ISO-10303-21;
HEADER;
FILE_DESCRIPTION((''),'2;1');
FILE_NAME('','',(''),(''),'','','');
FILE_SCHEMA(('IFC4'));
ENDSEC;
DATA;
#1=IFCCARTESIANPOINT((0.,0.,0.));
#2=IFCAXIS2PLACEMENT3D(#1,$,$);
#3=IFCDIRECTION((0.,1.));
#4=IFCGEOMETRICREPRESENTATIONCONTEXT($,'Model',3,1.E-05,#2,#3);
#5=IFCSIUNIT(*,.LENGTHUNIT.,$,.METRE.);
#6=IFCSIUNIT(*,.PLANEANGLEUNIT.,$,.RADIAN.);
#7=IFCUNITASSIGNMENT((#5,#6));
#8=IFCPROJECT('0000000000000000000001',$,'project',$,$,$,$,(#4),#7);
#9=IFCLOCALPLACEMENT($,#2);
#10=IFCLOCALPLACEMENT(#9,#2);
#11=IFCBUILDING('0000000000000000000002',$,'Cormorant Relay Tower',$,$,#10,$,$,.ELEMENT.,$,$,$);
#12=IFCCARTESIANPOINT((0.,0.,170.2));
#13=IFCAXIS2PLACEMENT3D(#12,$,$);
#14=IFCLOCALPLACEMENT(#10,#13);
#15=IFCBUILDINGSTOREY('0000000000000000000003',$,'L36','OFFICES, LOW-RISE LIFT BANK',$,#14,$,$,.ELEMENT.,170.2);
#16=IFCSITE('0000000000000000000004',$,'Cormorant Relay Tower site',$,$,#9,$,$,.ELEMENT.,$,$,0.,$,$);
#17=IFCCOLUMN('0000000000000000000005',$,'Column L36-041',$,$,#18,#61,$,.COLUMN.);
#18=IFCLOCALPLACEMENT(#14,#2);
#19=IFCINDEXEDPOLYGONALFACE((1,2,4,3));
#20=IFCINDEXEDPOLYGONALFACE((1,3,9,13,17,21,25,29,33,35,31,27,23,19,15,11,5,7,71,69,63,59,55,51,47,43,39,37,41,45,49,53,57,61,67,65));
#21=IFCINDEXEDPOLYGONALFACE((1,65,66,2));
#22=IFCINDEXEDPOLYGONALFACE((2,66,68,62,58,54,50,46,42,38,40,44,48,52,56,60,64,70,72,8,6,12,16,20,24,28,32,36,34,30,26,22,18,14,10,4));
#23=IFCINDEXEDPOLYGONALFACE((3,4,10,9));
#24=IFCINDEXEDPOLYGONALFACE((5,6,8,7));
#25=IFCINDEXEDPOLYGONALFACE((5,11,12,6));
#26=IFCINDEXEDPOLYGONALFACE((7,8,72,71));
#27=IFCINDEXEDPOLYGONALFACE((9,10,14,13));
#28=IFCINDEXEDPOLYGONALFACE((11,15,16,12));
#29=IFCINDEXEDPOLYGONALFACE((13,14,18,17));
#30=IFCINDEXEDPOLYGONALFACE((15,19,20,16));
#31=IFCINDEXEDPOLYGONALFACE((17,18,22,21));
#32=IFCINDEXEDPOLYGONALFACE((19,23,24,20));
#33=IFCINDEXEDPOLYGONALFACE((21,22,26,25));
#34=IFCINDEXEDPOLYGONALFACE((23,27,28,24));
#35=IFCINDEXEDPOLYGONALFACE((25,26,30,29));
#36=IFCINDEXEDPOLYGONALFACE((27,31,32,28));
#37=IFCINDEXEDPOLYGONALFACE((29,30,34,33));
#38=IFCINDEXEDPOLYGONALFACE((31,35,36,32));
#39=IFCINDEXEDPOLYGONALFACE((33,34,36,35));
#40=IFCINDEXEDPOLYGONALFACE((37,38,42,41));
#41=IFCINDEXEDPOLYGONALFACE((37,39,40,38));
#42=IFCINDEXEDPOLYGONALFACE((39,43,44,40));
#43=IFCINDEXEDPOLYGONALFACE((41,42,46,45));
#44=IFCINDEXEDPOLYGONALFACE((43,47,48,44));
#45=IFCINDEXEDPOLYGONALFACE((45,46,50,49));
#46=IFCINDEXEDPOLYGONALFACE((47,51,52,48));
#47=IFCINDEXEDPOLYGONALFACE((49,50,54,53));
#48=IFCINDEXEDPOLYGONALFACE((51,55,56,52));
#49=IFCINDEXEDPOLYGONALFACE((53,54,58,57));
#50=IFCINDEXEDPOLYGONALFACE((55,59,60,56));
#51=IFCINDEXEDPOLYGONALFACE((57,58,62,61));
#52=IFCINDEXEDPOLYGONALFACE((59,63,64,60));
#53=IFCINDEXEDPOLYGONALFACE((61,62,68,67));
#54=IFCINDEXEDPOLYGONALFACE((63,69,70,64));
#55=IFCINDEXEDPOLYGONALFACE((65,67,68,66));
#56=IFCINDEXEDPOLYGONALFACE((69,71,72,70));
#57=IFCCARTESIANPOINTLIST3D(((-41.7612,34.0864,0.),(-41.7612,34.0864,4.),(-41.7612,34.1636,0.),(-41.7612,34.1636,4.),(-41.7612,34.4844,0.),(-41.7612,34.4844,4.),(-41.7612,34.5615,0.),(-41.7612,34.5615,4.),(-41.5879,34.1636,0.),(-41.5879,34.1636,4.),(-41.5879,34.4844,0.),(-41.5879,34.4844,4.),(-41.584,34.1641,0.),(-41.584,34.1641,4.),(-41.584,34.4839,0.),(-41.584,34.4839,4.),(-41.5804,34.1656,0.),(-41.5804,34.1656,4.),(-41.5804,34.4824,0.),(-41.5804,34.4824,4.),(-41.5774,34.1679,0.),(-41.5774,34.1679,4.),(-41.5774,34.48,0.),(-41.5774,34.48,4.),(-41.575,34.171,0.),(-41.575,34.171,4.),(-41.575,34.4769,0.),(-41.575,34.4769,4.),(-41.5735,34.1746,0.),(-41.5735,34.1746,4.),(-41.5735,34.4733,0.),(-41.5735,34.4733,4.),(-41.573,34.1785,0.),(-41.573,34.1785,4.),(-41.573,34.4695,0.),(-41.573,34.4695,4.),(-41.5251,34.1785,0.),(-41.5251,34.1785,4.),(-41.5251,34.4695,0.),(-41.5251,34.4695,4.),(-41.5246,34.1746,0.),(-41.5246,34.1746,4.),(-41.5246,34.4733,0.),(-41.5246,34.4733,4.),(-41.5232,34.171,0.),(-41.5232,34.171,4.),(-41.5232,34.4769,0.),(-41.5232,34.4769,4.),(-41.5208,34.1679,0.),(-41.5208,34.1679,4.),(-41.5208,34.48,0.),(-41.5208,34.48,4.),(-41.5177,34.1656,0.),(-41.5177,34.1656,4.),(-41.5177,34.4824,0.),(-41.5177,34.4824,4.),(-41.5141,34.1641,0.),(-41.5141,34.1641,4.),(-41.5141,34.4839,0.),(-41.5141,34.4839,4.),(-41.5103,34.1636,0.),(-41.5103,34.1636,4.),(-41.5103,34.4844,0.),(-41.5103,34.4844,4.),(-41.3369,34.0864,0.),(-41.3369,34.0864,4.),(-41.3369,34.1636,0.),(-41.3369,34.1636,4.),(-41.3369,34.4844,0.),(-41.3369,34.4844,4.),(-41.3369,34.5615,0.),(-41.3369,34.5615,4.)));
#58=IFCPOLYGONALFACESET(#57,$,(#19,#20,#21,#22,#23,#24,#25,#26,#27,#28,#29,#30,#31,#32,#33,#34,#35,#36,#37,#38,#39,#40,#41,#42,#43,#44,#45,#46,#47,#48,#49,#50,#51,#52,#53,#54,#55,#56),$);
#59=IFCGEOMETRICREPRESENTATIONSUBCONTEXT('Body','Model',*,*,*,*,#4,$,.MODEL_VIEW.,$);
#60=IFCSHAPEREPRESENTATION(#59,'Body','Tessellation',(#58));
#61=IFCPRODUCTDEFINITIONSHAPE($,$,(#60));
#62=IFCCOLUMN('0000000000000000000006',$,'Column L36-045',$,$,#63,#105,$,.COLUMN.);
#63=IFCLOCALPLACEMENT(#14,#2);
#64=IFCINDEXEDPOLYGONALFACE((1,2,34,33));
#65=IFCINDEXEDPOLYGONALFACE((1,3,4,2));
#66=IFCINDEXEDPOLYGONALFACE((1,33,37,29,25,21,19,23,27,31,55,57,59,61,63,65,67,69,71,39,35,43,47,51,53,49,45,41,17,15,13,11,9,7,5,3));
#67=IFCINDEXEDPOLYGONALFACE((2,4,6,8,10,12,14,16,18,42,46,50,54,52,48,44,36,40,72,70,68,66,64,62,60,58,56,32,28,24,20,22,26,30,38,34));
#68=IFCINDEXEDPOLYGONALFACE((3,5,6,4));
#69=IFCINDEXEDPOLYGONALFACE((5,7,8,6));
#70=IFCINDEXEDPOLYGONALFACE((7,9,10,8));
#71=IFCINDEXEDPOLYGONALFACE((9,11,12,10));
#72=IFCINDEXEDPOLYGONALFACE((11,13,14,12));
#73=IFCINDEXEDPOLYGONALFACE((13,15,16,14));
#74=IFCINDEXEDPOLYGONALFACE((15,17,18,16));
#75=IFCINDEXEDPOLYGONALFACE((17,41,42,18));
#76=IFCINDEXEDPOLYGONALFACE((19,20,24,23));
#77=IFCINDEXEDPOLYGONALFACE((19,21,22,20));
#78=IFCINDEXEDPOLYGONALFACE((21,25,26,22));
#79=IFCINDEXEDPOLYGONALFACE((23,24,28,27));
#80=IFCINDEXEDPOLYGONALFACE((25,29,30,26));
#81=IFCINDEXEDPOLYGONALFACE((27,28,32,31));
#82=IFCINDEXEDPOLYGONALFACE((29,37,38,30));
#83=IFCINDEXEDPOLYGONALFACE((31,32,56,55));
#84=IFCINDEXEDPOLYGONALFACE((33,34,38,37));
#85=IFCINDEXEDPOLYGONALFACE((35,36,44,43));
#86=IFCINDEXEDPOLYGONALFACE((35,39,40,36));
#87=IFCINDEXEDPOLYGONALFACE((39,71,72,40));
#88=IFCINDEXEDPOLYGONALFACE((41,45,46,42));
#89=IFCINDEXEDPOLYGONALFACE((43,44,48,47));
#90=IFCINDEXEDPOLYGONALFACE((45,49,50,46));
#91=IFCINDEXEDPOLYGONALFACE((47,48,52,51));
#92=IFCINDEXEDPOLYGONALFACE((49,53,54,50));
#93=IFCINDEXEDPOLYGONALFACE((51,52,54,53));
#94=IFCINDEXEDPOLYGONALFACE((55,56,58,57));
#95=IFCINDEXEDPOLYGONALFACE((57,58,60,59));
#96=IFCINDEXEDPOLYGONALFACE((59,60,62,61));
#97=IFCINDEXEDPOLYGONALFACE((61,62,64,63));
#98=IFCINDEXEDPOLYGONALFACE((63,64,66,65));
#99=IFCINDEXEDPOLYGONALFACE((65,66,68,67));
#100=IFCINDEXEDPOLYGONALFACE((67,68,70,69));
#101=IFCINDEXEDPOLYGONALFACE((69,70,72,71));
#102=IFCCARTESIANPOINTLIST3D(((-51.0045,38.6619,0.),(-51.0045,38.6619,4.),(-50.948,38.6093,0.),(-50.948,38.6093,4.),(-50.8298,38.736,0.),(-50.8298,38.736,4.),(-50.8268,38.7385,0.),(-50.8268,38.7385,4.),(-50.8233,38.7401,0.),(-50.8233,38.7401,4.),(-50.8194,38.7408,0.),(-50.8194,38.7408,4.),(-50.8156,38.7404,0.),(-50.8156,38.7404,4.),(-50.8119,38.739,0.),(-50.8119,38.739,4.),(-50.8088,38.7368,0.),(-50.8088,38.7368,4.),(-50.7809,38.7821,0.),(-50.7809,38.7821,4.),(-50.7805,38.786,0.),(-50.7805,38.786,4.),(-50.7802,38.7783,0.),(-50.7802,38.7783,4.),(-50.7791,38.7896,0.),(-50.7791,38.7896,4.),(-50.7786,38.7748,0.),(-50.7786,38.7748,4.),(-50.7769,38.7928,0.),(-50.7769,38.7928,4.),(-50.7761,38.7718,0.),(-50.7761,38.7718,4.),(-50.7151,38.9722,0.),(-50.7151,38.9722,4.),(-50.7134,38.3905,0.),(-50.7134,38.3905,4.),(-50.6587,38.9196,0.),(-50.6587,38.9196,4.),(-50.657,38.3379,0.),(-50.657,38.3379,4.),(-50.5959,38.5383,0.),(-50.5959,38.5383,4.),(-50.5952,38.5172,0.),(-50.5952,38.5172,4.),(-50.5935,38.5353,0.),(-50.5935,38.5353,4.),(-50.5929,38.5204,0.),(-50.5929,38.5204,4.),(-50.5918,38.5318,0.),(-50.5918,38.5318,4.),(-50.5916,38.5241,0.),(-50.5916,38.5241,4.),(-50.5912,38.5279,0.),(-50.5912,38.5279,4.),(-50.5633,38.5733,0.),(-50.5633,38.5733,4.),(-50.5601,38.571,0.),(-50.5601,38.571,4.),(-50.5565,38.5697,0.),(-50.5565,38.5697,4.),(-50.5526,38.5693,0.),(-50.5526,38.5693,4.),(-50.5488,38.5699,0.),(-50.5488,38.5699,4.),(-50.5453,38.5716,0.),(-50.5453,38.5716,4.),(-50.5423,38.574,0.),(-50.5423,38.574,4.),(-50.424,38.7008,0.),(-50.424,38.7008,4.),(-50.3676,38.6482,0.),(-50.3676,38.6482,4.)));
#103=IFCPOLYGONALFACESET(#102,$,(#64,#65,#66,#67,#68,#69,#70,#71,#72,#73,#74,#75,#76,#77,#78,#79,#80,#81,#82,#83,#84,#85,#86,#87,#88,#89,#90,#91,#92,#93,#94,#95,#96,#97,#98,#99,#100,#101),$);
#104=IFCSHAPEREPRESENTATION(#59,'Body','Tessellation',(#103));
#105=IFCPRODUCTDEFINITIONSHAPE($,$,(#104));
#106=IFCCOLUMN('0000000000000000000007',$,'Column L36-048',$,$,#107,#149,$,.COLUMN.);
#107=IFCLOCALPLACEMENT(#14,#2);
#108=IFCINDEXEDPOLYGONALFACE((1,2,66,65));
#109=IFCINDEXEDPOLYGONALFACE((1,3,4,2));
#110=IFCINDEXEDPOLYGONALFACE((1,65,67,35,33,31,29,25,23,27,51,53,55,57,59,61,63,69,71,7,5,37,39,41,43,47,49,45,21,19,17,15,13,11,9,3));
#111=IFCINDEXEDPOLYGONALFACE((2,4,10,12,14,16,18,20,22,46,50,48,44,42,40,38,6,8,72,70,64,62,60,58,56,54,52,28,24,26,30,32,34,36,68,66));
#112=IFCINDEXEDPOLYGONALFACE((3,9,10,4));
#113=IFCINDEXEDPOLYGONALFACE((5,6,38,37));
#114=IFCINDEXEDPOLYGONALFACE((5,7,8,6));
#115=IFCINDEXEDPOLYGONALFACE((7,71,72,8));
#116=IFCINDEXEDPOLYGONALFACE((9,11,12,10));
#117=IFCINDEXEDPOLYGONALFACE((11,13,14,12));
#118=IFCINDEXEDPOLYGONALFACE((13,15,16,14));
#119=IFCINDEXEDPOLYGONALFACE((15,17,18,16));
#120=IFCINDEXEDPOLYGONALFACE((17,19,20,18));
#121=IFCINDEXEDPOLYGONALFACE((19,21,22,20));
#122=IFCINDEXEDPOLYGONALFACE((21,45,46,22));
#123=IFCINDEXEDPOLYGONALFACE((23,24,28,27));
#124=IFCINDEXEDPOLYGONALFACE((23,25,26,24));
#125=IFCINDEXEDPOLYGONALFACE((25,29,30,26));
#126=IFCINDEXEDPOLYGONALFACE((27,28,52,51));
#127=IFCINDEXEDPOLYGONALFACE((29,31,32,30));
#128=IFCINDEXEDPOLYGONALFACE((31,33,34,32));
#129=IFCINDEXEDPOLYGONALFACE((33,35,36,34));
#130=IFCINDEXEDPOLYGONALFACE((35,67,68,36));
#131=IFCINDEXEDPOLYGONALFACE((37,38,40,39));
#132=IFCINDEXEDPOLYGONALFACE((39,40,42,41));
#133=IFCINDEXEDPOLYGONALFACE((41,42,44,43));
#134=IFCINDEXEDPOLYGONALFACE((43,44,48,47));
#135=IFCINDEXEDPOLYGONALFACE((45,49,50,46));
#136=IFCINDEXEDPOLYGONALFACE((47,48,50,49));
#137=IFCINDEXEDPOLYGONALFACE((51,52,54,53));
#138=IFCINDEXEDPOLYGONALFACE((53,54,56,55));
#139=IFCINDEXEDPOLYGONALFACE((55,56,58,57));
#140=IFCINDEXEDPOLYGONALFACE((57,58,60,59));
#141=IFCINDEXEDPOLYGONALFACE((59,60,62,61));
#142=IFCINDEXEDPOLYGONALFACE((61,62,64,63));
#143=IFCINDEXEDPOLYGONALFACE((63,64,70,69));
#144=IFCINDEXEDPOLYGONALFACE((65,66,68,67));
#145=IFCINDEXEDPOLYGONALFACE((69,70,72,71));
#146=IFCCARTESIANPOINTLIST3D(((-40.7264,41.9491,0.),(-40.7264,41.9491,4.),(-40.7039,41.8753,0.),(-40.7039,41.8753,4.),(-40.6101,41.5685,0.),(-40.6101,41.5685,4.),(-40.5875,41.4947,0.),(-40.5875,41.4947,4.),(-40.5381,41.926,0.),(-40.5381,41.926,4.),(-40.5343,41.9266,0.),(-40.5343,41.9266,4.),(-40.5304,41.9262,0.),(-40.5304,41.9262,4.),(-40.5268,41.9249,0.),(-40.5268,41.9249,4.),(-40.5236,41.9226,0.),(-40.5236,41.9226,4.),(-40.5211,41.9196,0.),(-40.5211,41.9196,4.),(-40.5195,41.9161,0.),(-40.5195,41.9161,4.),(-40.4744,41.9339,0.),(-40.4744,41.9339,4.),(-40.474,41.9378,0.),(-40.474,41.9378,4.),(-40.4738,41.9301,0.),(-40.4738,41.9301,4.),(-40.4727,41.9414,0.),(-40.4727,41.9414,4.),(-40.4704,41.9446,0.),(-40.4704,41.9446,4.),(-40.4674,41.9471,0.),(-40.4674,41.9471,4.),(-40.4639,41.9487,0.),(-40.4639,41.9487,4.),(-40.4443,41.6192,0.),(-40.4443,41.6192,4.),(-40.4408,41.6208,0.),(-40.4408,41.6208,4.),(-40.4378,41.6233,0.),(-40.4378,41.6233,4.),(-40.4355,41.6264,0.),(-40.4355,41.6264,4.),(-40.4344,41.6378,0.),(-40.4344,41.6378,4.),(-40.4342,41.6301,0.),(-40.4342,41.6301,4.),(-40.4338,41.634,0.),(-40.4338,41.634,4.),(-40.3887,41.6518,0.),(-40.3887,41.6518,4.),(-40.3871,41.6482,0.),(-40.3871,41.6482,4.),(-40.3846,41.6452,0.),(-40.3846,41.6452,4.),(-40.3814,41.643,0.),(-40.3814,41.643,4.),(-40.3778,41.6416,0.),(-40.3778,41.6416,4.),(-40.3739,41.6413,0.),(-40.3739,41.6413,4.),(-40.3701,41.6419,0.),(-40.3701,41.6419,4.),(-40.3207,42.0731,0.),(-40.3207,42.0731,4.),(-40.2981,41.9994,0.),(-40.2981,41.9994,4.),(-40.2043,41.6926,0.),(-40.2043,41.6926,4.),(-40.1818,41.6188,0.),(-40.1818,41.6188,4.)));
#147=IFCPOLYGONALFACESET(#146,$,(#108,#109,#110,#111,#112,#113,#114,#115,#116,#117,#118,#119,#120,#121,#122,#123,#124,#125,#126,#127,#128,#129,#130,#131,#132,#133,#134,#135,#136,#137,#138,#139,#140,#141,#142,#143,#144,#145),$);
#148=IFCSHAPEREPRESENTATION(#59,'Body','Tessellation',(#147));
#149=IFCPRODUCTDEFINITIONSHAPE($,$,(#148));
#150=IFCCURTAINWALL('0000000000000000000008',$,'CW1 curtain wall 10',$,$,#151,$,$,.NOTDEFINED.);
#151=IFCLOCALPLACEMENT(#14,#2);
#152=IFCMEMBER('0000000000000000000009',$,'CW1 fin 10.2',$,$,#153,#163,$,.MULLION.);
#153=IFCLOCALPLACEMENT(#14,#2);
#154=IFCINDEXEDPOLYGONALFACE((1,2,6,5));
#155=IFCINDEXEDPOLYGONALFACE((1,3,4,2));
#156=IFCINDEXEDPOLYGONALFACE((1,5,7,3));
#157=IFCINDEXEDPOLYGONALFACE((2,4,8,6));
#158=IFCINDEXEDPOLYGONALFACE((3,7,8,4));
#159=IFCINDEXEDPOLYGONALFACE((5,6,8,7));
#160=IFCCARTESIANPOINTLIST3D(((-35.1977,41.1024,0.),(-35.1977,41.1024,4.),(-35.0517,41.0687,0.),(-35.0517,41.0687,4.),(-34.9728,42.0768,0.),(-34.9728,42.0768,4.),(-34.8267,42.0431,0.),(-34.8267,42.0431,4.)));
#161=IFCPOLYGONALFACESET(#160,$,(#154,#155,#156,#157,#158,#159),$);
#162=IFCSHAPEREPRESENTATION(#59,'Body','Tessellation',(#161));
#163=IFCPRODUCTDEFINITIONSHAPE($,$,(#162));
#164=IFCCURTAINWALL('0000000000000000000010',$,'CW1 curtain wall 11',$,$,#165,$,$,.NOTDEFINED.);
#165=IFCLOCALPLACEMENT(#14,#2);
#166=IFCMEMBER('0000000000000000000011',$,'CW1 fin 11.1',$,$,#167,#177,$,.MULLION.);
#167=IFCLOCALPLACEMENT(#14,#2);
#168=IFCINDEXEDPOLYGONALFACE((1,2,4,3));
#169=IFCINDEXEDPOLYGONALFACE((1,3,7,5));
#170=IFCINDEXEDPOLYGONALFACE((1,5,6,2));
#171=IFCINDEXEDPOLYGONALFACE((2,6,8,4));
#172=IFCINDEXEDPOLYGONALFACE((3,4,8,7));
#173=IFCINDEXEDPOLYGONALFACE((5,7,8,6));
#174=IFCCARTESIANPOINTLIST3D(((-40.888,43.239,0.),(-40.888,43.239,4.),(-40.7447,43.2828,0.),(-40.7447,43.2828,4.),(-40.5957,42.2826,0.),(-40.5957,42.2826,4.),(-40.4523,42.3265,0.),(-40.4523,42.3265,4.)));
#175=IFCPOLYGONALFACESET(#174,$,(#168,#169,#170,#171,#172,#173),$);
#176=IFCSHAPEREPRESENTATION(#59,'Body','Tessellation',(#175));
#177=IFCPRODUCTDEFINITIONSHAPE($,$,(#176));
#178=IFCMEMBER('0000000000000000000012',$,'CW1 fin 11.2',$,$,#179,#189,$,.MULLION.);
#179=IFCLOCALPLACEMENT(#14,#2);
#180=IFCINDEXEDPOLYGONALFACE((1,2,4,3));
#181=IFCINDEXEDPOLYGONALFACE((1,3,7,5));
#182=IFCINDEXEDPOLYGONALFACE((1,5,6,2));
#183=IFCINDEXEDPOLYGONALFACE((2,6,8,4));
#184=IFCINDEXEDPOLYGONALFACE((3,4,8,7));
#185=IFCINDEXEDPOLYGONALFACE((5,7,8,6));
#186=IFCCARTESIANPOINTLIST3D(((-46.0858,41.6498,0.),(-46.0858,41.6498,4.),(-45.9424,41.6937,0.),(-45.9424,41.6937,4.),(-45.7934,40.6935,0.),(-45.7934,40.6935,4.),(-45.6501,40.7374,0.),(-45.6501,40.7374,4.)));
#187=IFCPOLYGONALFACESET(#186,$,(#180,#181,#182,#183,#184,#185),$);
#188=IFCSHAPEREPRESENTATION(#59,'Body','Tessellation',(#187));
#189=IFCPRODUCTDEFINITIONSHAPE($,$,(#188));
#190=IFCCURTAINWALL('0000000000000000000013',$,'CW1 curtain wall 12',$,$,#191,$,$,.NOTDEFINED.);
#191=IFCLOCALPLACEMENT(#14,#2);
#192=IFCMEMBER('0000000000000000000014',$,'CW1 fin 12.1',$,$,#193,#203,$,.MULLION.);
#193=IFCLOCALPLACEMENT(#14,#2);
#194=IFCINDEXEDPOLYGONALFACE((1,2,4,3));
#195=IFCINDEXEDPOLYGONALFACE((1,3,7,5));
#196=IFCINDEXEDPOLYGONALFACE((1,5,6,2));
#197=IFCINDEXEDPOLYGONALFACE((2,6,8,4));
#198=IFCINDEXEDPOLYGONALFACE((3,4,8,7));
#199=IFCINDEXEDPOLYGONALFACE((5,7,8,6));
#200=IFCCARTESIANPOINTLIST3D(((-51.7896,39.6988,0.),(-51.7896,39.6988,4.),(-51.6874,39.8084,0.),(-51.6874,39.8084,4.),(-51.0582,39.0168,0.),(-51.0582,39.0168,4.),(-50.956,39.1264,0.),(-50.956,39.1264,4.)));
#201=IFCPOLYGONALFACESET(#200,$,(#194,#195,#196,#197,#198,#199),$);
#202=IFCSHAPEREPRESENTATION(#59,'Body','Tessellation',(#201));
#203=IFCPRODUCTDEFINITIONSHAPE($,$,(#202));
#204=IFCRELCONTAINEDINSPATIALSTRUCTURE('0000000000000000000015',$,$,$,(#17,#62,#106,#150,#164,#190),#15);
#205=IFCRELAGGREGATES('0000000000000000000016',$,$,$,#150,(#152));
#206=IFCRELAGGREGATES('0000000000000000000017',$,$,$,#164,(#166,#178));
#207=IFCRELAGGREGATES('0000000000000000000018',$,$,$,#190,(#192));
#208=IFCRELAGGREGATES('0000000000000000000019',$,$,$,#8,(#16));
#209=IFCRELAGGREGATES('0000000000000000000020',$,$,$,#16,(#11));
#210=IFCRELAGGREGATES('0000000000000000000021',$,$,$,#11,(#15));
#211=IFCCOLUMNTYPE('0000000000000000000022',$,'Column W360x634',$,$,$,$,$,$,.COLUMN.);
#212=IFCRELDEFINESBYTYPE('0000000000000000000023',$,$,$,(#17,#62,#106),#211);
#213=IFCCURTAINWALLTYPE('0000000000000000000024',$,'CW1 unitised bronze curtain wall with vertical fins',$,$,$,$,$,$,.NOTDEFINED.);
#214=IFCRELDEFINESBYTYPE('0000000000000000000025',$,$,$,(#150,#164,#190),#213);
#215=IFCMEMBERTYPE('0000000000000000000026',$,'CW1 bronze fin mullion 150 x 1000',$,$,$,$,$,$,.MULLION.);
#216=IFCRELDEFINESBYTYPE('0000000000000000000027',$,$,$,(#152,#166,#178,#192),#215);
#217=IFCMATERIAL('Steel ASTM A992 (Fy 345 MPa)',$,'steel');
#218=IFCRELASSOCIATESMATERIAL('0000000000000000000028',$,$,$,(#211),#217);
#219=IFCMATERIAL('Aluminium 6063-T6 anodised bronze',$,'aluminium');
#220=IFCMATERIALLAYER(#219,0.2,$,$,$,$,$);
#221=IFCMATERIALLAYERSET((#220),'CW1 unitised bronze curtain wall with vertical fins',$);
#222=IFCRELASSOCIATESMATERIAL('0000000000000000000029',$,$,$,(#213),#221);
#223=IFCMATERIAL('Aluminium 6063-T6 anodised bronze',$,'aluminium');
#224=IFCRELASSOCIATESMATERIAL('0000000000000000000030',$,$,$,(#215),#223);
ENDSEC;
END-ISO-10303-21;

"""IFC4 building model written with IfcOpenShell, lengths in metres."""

from ifc_helpers import new_model, si_unit, direction, frame, origin, origin_2d, place, context, subcontext, project, spatial, rectangle, i_section, extrude, material, layer, layer_set, material_profile, profile_set, type_object, element, aggregate, save


model = new_model("IFC4")

# Units and contexts
model_context = context("Model", 3, precision=1e-05, world=origin(), true_north=direction((0.0, 1.0)))
body_context = subcontext(model_context, "Body", "Model", "MODEL_VIEW")
ifc_project = project(units=[si_unit("LENGTHUNIT", "METRE"), si_unit("PLANEANGLEUNIT", "RADIAN")], contexts=[model_context])

# Site, building, storey
site_placement = place(None, origin())
site = spatial("IfcSite", under=ifc_project, at=site_placement, Name="Cormorant Relay Tower site", CompositionType="ELEMENT", RefElevation=0.0)
building_placement = place(site_placement, origin())
building = spatial("IfcBuilding", under=site, at=building_placement, Name="Cormorant Relay Tower", CompositionType="ELEMENT")
storey_placement = place(building_placement, frame((0.0, 0.0, 170.2)))
storey = spatial("IfcBuildingStorey", under=building, at=storey_placement, Name="L36", Description="OFFICES, LOW-RISE LIFT BANK", CompositionType="ELEMENT", Elevation=170.2)

# Columns
ifc_material_1 = material(Name="Steel ASTM A992 (Fy 345 MPa)", Category="steel")
ifc_material_profile_1 = material_profile(ifc_material_1, i_section(OverallWidth=0.4243, OverallDepth=0.4751, WebThickness=0.0479, FlangeThickness=0.0771, FilletRadius=0.0149, at=origin_2d()), Name="W360x634")
ifc_profile_set_1 = profile_set([ifc_material_profile_1], Name="Steel ASTM A992 (Fy 345 MPa)")
column_type = type_object("IfcColumnType", Name="Column W360x634", PredefinedType="COLUMN", material=ifc_profile_set_1)
for number, where, z_axis, x_axis, name in (
    (1, (-41.5491, 34.324, 0.0), (0.0, 0.0, 1.0), (1.0, 0.0, 0.0), "Column L36-041"),
    (2, (-50.686, 38.655, 0.0), (0.0, 0.0, 1.0), (-0.681998, -0.731354, 0.0), "Column L36-045"),
    (3, (-40.4541, 41.7839, 0.0), (0.0, 0.0, 1.0), (-0.956305, -0.292372, 0.0), "Column L36-048"),
):
    element("IfcColumn", number, at=place(storey_placement, frame(where, z_axis=z_axis, x_axis=x_axis)), inside=storey, type_object=column_type, Name=name, PredefinedType="COLUMN", context=body_context, shape_type="SweptSolid", body=[
        extrude(i_section(OverallWidth=0.4243, OverallDepth=0.4751, WebThickness=0.0479, FlangeThickness=0.0771, FilletRadius=0.0149, at=origin_2d()), origin(), (0.0, 0.0, 1.0), 4.0),
    ])

# Curtain wall, member
ifc_material_2 = material(Name="Aluminium 6063-T6 anodised bronze", Category="aluminium")
ifc_layer_1 = layer(ifc_material_2, 0.2)
ifc_layer_set_1 = layer_set([ifc_layer_1], Name="CW1 unitised bronze curtain wall with vertical fins")
curtain_wall_type = type_object("IfcCurtainWallType", Name="CW1 unitised bronze curtain wall with vertical fins", PredefinedType="NOTDEFINED", material=ifc_layer_set_1)
curtain_wall_1_placement = place(storey_placement, origin())
curtain_wall_1 = element("IfcCurtainWall", 4, at=curtain_wall_1_placement, inside=storey, type_object=curtain_wall_type, Name="CW1 curtain wall 10", PredefinedType="NOTDEFINED")
ifc_material_3 = material(Name="Aluminium 6063-T6 anodised bronze", Category="aluminium")
ifc_material_profile_2 = material_profile(ifc_material_3, rectangle(XDim=0.1499, YDim=1.0, at=origin_2d()), Name="AL 150x1000")
ifc_profile_set_2 = profile_set([ifc_material_profile_2], Name="Aluminium 6063-T6 anodised bronze")
member_type_1 = type_object("IfcMemberType", Name="CW1 bronze fin mullion 150 x 1000", PredefinedType="MULLION", material=ifc_profile_set_2)
member_1_placement = place(storey_placement, frame((-35.0122, 41.5728, 0.0), z_axis=(0.0, 0.0, 1.0), x_axis=(-0.97437, 0.224951, 0.0)))
member_1 = element("IfcMember", 5, at=member_1_placement, type_object=member_type_1, Name="CW1 fin 10.2", PredefinedType="MULLION", context=body_context, shape_type="SweptSolid", body=[
    extrude(rectangle(XDim=0.1499, YDim=1.0, at=origin_2d()), origin(), (0.0, 0.0, 1.0), 4.0),
])

# Curtain walls, members
curtain_wall_2_placement = place(storey_placement, origin())
curtain_wall_2 = element("IfcCurtainWall", 6, at=curtain_wall_2_placement, inside=storey, type_object=curtain_wall_type, Name="CW1 curtain wall 11", PredefinedType="NOTDEFINED")
member_2_placement = place(storey_placement, frame((-40.6702, 42.7827, 0.0), z_axis=(0.0, 0.0, 1.0), x_axis=(-0.956305, -0.292372, 0.0)))
member_2 = element("IfcMember", 7, at=member_2_placement, type_object=member_type_1, Name="CW1 fin 11.1", PredefinedType="MULLION", context=body_context, shape_type="SweptSolid", body=[
    extrude(rectangle(XDim=0.1499, YDim=1.0, at=origin_2d()), origin(), (0.0, 0.0, 1.0), 4.0),
])
member_3_placement = place(storey_placement, frame((-45.8679, 41.1936, 0.0), z_axis=(0.0, 0.0, 1.0), x_axis=(-0.956305, -0.292372, 0.0)))
member_3 = element("IfcMember", 8, at=member_3_placement, type_object=member_type_1, Name="CW1 fin 11.2", PredefinedType="MULLION", context=body_context, shape_type="SweptSolid", body=[
    extrude(rectangle(XDim=0.1499, YDim=1.0, at=origin_2d()), origin(), (0.0, 0.0, 1.0), 4.0),
])
curtain_wall_3_placement = place(storey_placement, origin())
curtain_wall_3 = element("IfcCurtainWall", 9, at=curtain_wall_3_placement, inside=storey, type_object=curtain_wall_type, Name="CW1 curtain wall 12", PredefinedType="NOTDEFINED")
member_4_placement = place(storey_placement, frame((-51.3728, 39.4126, 0.0), z_axis=(0.0, 0.0, 1.0), x_axis=(-0.681998, -0.731354, 0.0)))
member_4 = element("IfcMember", 10, at=member_4_placement, type_object=member_type_1, Name="CW1 fin 12.1", PredefinedType="MULLION", context=body_context, shape_type="SweptSolid", body=[
    extrude(rectangle(XDim=0.1499, YDim=1.0, at=origin_2d()), origin(), (0.0, 0.0, 1.0), 4.0),
])

aggregate(curtain_wall_1, [member_1])
aggregate(curtain_wall_2, [member_2, member_3])
aggregate(curtain_wall_3, [member_4])

save(model, "model.ifc")
